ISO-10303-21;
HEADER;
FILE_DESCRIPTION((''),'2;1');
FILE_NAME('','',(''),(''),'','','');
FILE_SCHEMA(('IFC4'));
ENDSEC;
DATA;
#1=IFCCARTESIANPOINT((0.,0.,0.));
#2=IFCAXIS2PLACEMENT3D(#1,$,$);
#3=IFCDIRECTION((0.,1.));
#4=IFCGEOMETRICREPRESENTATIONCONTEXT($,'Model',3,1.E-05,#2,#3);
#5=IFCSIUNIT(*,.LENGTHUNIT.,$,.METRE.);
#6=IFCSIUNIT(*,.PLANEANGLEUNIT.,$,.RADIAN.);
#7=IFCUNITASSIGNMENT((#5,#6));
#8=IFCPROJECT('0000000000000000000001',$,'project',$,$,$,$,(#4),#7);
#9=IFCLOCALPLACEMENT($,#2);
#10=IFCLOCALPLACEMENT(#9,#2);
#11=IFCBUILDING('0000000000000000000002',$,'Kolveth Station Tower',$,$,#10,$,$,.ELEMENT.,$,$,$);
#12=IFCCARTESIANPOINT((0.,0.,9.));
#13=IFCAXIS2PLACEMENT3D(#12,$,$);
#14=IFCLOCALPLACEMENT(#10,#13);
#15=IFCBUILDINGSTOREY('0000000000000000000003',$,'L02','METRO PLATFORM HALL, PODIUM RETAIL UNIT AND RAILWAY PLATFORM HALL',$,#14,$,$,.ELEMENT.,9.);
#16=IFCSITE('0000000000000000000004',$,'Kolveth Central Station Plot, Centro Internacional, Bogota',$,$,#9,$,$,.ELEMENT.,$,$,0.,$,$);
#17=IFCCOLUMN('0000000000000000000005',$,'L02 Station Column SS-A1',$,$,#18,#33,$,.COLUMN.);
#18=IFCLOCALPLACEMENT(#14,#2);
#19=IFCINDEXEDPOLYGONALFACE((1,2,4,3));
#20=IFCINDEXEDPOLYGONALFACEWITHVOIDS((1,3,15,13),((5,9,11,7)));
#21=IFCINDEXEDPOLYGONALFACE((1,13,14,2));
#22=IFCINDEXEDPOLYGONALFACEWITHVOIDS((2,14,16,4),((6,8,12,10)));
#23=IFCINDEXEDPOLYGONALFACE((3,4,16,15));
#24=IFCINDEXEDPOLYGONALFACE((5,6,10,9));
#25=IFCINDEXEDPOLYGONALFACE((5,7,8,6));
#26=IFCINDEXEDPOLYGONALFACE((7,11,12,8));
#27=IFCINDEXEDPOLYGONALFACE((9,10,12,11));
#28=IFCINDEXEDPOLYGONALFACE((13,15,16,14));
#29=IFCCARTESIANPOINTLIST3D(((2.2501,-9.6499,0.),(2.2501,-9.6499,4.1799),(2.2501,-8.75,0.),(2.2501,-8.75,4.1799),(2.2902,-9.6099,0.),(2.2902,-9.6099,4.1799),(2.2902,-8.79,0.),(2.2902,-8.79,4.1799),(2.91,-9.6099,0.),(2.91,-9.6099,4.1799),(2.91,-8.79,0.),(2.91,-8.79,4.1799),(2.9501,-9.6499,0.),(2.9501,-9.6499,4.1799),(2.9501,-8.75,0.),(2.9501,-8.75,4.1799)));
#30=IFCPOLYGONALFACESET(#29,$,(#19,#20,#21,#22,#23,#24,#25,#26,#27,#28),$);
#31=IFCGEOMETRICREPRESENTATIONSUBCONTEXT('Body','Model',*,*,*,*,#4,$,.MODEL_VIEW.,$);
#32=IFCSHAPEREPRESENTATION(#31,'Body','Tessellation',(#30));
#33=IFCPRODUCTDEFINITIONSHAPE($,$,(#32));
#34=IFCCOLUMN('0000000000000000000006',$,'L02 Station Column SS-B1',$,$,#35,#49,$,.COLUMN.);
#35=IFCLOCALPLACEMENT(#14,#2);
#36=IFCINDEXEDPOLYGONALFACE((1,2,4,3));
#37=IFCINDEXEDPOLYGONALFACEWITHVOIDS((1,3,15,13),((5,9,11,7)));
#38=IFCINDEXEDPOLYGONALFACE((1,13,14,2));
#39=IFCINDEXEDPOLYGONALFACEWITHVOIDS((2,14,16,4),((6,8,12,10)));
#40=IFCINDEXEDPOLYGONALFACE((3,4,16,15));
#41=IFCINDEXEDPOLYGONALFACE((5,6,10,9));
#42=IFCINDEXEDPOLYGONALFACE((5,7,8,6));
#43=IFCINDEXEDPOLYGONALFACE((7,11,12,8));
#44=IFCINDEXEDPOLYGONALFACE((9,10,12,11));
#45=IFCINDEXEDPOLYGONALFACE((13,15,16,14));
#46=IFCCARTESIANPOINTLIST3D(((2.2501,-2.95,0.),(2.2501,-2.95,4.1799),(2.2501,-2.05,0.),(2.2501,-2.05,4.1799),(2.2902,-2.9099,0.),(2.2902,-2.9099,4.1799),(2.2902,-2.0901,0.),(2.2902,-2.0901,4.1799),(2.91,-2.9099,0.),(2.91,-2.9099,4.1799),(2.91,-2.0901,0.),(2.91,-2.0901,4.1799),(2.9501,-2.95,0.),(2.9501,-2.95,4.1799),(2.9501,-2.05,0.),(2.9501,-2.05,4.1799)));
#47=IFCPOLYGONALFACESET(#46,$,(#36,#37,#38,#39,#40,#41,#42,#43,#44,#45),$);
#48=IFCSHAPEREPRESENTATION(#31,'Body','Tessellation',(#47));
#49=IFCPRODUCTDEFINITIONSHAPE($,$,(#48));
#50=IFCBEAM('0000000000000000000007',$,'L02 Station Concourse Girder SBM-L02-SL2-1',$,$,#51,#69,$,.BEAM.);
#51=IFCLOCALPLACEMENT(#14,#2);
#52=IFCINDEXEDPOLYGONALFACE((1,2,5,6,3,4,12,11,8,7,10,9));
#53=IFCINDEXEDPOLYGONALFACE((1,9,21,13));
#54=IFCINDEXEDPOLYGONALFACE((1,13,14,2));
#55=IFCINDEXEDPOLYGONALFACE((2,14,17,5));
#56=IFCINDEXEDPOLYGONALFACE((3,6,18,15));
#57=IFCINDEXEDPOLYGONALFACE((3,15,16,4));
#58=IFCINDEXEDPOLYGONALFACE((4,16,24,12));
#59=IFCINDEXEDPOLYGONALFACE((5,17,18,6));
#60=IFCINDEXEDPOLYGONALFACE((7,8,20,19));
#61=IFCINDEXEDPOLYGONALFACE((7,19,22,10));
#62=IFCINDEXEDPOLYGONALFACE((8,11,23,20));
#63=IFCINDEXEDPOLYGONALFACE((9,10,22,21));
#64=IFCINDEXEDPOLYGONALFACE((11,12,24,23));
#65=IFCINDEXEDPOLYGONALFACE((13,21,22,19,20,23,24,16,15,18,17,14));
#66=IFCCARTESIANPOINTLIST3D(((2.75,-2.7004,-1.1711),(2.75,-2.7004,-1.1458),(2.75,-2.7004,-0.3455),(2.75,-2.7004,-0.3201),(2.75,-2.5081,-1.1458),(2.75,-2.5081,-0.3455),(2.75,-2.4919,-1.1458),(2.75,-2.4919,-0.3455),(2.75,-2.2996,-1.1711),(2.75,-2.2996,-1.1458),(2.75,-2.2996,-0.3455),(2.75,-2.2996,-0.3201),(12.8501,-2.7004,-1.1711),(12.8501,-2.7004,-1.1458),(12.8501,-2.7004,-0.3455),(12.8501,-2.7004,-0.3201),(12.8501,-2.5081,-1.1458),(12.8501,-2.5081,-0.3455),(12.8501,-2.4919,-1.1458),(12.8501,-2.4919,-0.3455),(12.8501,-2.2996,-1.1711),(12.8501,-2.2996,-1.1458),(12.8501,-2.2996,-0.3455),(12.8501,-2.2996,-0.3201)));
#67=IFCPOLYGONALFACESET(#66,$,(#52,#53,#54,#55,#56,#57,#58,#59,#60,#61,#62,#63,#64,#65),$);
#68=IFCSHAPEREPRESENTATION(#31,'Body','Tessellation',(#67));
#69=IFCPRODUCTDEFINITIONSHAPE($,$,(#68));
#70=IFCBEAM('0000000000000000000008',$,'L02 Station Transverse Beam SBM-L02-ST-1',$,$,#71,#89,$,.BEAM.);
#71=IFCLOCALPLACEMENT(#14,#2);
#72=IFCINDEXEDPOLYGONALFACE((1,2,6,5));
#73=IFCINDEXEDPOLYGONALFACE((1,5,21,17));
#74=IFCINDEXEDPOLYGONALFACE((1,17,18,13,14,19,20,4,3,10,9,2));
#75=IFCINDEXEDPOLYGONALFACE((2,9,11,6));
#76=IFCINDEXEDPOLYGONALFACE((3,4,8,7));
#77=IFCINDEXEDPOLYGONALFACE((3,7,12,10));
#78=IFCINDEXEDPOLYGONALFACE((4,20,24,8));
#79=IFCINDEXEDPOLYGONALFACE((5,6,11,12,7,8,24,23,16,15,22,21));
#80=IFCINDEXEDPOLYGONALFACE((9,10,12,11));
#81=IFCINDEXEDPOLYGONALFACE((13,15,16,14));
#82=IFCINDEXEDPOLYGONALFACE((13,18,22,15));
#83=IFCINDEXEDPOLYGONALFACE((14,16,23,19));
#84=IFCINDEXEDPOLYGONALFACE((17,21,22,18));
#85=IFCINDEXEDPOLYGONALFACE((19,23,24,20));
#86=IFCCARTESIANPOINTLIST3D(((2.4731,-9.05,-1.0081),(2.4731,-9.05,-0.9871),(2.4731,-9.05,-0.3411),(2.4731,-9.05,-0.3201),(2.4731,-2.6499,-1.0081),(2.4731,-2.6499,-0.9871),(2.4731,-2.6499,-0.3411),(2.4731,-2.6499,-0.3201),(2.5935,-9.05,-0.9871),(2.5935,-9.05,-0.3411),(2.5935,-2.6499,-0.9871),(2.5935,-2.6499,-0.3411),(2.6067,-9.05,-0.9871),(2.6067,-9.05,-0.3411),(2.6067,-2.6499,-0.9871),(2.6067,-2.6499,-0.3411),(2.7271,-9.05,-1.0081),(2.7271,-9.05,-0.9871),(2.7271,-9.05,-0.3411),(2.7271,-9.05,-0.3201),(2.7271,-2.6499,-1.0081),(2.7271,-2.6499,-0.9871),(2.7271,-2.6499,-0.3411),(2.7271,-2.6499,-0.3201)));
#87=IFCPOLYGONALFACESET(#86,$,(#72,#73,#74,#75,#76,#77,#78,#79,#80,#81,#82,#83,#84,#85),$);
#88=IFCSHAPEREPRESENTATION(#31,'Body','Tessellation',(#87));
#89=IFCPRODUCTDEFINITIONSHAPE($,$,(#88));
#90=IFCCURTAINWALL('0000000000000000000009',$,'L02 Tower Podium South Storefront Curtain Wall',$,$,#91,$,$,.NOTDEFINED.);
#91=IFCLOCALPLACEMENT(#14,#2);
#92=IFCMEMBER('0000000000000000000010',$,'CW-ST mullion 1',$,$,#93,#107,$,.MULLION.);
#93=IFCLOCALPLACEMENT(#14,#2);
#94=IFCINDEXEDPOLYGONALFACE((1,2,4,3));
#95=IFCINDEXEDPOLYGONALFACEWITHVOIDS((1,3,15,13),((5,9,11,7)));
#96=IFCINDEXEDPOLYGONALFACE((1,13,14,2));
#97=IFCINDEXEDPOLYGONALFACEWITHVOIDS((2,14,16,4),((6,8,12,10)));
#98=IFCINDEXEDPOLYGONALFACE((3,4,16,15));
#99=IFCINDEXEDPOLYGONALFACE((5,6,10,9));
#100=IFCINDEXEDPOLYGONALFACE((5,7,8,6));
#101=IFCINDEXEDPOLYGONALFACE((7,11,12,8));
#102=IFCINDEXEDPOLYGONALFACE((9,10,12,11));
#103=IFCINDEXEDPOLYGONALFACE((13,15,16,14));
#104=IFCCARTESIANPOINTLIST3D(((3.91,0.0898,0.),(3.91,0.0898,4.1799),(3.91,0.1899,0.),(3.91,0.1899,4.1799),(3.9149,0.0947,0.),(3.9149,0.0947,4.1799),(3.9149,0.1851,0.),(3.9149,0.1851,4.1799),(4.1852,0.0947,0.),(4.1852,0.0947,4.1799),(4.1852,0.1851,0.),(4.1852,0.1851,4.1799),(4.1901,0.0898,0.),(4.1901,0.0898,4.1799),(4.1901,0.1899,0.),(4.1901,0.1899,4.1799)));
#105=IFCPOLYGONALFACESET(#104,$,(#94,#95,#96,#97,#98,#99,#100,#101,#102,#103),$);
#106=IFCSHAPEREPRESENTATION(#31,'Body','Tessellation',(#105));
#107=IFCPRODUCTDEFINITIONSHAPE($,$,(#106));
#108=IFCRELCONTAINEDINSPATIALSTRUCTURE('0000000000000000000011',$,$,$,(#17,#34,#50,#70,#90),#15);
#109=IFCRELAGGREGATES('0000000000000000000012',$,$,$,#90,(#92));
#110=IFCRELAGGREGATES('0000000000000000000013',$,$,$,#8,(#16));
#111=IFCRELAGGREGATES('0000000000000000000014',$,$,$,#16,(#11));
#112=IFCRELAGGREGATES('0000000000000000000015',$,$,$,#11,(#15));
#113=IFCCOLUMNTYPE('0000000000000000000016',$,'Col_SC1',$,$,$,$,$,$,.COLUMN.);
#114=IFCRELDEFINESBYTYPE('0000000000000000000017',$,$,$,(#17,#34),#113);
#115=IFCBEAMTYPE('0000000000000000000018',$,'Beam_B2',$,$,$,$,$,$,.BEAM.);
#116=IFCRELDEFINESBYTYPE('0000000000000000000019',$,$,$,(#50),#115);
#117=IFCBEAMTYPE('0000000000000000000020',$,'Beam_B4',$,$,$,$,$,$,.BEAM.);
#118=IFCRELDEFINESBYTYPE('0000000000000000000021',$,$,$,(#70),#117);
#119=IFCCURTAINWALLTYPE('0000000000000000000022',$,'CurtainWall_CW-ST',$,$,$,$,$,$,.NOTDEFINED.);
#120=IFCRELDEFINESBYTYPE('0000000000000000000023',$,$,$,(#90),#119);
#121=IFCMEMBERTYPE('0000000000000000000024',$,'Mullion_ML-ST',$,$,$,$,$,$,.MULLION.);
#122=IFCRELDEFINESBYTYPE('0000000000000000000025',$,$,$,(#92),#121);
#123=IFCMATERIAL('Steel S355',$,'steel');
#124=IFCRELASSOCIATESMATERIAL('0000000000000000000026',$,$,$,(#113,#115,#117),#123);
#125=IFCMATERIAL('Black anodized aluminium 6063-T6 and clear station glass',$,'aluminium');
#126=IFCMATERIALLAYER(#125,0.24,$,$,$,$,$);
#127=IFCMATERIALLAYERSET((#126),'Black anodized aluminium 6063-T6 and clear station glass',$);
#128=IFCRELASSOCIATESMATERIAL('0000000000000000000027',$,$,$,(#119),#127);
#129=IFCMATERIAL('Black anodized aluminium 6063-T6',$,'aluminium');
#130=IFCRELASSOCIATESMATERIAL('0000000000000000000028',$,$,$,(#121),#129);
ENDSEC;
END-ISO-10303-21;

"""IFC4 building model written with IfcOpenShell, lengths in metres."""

from ifc_helpers import new_model, si_unit, direction, frame, origin, origin_2d, place, context, subcontext, project, spatial, hollow_rectangle, i_section, extrude, source, transform, mapped, material, layer, layer_set, material_profile, profile_set, type_object, element, aggregate, save


model = new_model("IFC4")

# Units and contexts
model_context = context("Model", 3, precision=1e-05, world=origin(), true_north=direction((0.0, 1.0)))
body_context = subcontext(model_context, "Body", "Model", "MODEL_VIEW")
ifc_project = project(units=[si_unit("LENGTHUNIT", "METRE"), si_unit("PLANEANGLEUNIT", "RADIAN")], contexts=[model_context])

# Site, building, storey
site_placement = place(None, origin())
site = spatial("IfcSite", under=ifc_project, at=site_placement, Name="Kolveth Central Station Plot, Centro Internacional, Bogota", CompositionType="ELEMENT", RefElevation=0.0)
building_placement = place(site_placement, origin())
building = spatial("IfcBuilding", under=site, at=building_placement, Name="Kolveth Station Tower", CompositionType="ELEMENT")
storey_placement = place(building_placement, frame((0.0, 0.0, 9.0)))
storey = spatial("IfcBuildingStorey", under=building, at=storey_placement, Name="L02", Description="METRO PLATFORM HALL, PODIUM RETAIL UNIT AND RAILWAY PLATFORM HALL", CompositionType="ELEMENT", Elevation=9.0)

# Columns
ifc_material_1 = material(Name="Steel S355", Category="steel")
ifc_material_profile_1 = material_profile(ifc_material_1, hollow_rectangle(XDim=0.7, YDim=0.8999, WallThickness=0.04, at=origin_2d()), Name="BOX900x700x40")
ifc_profile_set_1 = profile_set([ifc_material_profile_1], Name="Steel S355")
column_type = type_object("IfcColumnType", Name="Col_SC1", PredefinedType="COLUMN", material=ifc_profile_set_1)
shared_shape_1 = source(origin(), body_context, "Body", "SweptSolid", [
    extrude(hollow_rectangle(XDim=0.7, YDim=0.8999, WallThickness=0.04, at=origin_2d()), origin(), (0.0, 0.0, 1.0), 4.1799),
])
for number, where, z_axis, x_axis, name in (
    (1, (2.6001, -9.2, 0.0), (0.0, 0.0, 1.0), (1.0, 0.0, 0.0), "L02 Station Column SS-A1"),
    (2, (2.6001, -2.5, 0.0), (0.0, 0.0, 1.0), (1.0, 0.0, 0.0), "L02 Station Column SS-B1"),
):
    element("IfcColumn", number, at=place(storey_placement, frame(where, z_axis=z_axis, x_axis=x_axis)), inside=storey, type_object=column_type, Name=name, PredefinedType="COLUMN", context=body_context, shape_type="MappedRepresentation", body=[
        mapped(shared_shape_1, transform((0.0, 0.0, 0.0), x_axis=(1.0, 0.0, 0.0), y_axis=(0.0, 1.0, 0.0), z_axis=(0.0, 0.0, 1.0), scale=1.0)),
    ])

# Beams
ifc_material_profile_2 = material_profile(ifc_material_1, i_section(OverallWidth=0.4009, OverallDepth=0.8511, WebThickness=0.0161, FlangeThickness=0.0254, at=origin_2d()), Name="W840x226")
ifc_profile_set_2 = profile_set([ifc_material_profile_2], Name="Steel S355")
beam_type_1 = type_object("IfcBeamType", Name="Beam_B2", PredefinedType="BEAM", material=ifc_profile_set_2)
shared_shape_2 = source(origin(), body_context, "Body", "SweptSolid", [
    extrude(i_section(OverallWidth=0.4009, OverallDepth=0.8511, WebThickness=0.0161, FlangeThickness=0.0254, at=origin_2d()), origin(), (0.0, 0.0, 1.0), 10.1001),
])
beam_1_placement = place(storey_placement, frame((2.75, -2.5, -0.7456), z_axis=(1.0, 0.0, 0.0), x_axis=(0.0, 1.0, 0.0)))
element("IfcBeam", 3, at=beam_1_placement, inside=storey, type_object=beam_type_1, Name="L02 Station Concourse Girder SBM-L02-SL2-1", PredefinedType="BEAM", context=body_context, shape_type="MappedRepresentation", body=[
    mapped(shared_shape_2, transform((0.0, 0.0, 0.0), x_axis=(1.0, 0.0, 0.0), y_axis=(0.0, 1.0, 0.0), z_axis=(0.0, 0.0, 1.0), scale=1.0)),
])
ifc_material_profile_3 = material_profile(ifc_material_1, i_section(OverallWidth=0.2539, OverallDepth=0.688, WebThickness=0.0132, FlangeThickness=0.021, at=origin_2d()), Name="W690x152")
ifc_profile_set_3 = profile_set([ifc_material_profile_3], Name="Steel S355")
beam_type_2 = type_object("IfcBeamType", Name="Beam_B4", PredefinedType="BEAM", material=ifc_profile_set_3)
shared_shape_3 = source(origin(), body_context, "Body", "SweptSolid", [
    extrude(i_section(OverallWidth=0.2539, OverallDepth=0.688, WebThickness=0.0132, FlangeThickness=0.021, at=origin_2d()), origin(), (0.0, 0.0, 1.0), 6.4001),
])
beam_2_placement = place(storey_placement, frame((2.6001, -9.05, -0.6641), z_axis=(0.0, 1.0, 0.0), x_axis=(-1.0, 0.0, 0.0)))
element("IfcBeam", 4, at=beam_2_placement, inside=storey, type_object=beam_type_2, Name="L02 Station Transverse Beam SBM-L02-ST-1", PredefinedType="BEAM", context=body_context, shape_type="MappedRepresentation", body=[
    mapped(shared_shape_3, transform((0.0, 0.0, 0.0), x_axis=(1.0, 0.0, 0.0), y_axis=(0.0, 1.0, 0.0), z_axis=(0.0, 0.0, 1.0), scale=1.0)),
])

# Curtain wall, member
ifc_material_2 = material(Name="Black anodized aluminium 6063-T6 and clear station glass", Category="aluminium")
ifc_layer_1 = layer(ifc_material_2, 0.24)
ifc_layer_set_1 = layer_set([ifc_layer_1], Name="Black anodized aluminium 6063-T6 and clear station glass")
curtain_wall_type = type_object("IfcCurtainWallType", Name="CurtainWall_CW-ST", PredefinedType="NOTDEFINED", material=ifc_layer_set_1)
curtain_wall_placement = place(storey_placement, origin())
curtain_wall = element("IfcCurtainWall", 5, at=curtain_wall_placement, inside=storey, type_object=curtain_wall_type, Name="L02 Tower Podium South Storefront Curtain Wall", PredefinedType="NOTDEFINED")
ifc_material_3 = material(Name="Black anodized aluminium 6063-T6", Category="aluminium")
ifc_material_profile_4 = material_profile(ifc_material_3, hollow_rectangle(XDim=0.1001, YDim=0.28, WallThickness=0.0049, at=origin_2d()), Name="ALU-100x280x5")
ifc_profile_set_4 = profile_set([ifc_material_profile_4], Name="Black anodized aluminium 6063-T6")
member_type = type_object("IfcMemberType", Name="Mullion_ML-ST", PredefinedType="MULLION", material=ifc_profile_set_4)
shared_shape_4 = source(origin(), body_context, "Body", "SweptSolid", [
    extrude(hollow_rectangle(XDim=0.1001, YDim=0.28, WallThickness=0.0049, at=origin_2d()), origin(), (0.0, 0.0, 1.0), 4.1799),
])
member_placement = place(storey_placement, frame((4.05, 0.1399, 0.0), z_axis=(0.0, 0.0, 1.0), x_axis=(0.0, 1.0, 0.0)))
member = element("IfcMember", 6, at=member_placement, type_object=member_type, Name="CW-ST mullion 1", PredefinedType="MULLION", context=body_context, shape_type="MappedRepresentation", body=[
    mapped(shared_shape_4, transform((0.0, 0.0, 0.0), x_axis=(1.0, 0.0, 0.0), y_axis=(0.0, 1.0, 0.0), z_axis=(0.0, 0.0, 1.0), scale=1.0)),
])
aggregate(curtain_wall, [member])

save(model, "model.ifc")
